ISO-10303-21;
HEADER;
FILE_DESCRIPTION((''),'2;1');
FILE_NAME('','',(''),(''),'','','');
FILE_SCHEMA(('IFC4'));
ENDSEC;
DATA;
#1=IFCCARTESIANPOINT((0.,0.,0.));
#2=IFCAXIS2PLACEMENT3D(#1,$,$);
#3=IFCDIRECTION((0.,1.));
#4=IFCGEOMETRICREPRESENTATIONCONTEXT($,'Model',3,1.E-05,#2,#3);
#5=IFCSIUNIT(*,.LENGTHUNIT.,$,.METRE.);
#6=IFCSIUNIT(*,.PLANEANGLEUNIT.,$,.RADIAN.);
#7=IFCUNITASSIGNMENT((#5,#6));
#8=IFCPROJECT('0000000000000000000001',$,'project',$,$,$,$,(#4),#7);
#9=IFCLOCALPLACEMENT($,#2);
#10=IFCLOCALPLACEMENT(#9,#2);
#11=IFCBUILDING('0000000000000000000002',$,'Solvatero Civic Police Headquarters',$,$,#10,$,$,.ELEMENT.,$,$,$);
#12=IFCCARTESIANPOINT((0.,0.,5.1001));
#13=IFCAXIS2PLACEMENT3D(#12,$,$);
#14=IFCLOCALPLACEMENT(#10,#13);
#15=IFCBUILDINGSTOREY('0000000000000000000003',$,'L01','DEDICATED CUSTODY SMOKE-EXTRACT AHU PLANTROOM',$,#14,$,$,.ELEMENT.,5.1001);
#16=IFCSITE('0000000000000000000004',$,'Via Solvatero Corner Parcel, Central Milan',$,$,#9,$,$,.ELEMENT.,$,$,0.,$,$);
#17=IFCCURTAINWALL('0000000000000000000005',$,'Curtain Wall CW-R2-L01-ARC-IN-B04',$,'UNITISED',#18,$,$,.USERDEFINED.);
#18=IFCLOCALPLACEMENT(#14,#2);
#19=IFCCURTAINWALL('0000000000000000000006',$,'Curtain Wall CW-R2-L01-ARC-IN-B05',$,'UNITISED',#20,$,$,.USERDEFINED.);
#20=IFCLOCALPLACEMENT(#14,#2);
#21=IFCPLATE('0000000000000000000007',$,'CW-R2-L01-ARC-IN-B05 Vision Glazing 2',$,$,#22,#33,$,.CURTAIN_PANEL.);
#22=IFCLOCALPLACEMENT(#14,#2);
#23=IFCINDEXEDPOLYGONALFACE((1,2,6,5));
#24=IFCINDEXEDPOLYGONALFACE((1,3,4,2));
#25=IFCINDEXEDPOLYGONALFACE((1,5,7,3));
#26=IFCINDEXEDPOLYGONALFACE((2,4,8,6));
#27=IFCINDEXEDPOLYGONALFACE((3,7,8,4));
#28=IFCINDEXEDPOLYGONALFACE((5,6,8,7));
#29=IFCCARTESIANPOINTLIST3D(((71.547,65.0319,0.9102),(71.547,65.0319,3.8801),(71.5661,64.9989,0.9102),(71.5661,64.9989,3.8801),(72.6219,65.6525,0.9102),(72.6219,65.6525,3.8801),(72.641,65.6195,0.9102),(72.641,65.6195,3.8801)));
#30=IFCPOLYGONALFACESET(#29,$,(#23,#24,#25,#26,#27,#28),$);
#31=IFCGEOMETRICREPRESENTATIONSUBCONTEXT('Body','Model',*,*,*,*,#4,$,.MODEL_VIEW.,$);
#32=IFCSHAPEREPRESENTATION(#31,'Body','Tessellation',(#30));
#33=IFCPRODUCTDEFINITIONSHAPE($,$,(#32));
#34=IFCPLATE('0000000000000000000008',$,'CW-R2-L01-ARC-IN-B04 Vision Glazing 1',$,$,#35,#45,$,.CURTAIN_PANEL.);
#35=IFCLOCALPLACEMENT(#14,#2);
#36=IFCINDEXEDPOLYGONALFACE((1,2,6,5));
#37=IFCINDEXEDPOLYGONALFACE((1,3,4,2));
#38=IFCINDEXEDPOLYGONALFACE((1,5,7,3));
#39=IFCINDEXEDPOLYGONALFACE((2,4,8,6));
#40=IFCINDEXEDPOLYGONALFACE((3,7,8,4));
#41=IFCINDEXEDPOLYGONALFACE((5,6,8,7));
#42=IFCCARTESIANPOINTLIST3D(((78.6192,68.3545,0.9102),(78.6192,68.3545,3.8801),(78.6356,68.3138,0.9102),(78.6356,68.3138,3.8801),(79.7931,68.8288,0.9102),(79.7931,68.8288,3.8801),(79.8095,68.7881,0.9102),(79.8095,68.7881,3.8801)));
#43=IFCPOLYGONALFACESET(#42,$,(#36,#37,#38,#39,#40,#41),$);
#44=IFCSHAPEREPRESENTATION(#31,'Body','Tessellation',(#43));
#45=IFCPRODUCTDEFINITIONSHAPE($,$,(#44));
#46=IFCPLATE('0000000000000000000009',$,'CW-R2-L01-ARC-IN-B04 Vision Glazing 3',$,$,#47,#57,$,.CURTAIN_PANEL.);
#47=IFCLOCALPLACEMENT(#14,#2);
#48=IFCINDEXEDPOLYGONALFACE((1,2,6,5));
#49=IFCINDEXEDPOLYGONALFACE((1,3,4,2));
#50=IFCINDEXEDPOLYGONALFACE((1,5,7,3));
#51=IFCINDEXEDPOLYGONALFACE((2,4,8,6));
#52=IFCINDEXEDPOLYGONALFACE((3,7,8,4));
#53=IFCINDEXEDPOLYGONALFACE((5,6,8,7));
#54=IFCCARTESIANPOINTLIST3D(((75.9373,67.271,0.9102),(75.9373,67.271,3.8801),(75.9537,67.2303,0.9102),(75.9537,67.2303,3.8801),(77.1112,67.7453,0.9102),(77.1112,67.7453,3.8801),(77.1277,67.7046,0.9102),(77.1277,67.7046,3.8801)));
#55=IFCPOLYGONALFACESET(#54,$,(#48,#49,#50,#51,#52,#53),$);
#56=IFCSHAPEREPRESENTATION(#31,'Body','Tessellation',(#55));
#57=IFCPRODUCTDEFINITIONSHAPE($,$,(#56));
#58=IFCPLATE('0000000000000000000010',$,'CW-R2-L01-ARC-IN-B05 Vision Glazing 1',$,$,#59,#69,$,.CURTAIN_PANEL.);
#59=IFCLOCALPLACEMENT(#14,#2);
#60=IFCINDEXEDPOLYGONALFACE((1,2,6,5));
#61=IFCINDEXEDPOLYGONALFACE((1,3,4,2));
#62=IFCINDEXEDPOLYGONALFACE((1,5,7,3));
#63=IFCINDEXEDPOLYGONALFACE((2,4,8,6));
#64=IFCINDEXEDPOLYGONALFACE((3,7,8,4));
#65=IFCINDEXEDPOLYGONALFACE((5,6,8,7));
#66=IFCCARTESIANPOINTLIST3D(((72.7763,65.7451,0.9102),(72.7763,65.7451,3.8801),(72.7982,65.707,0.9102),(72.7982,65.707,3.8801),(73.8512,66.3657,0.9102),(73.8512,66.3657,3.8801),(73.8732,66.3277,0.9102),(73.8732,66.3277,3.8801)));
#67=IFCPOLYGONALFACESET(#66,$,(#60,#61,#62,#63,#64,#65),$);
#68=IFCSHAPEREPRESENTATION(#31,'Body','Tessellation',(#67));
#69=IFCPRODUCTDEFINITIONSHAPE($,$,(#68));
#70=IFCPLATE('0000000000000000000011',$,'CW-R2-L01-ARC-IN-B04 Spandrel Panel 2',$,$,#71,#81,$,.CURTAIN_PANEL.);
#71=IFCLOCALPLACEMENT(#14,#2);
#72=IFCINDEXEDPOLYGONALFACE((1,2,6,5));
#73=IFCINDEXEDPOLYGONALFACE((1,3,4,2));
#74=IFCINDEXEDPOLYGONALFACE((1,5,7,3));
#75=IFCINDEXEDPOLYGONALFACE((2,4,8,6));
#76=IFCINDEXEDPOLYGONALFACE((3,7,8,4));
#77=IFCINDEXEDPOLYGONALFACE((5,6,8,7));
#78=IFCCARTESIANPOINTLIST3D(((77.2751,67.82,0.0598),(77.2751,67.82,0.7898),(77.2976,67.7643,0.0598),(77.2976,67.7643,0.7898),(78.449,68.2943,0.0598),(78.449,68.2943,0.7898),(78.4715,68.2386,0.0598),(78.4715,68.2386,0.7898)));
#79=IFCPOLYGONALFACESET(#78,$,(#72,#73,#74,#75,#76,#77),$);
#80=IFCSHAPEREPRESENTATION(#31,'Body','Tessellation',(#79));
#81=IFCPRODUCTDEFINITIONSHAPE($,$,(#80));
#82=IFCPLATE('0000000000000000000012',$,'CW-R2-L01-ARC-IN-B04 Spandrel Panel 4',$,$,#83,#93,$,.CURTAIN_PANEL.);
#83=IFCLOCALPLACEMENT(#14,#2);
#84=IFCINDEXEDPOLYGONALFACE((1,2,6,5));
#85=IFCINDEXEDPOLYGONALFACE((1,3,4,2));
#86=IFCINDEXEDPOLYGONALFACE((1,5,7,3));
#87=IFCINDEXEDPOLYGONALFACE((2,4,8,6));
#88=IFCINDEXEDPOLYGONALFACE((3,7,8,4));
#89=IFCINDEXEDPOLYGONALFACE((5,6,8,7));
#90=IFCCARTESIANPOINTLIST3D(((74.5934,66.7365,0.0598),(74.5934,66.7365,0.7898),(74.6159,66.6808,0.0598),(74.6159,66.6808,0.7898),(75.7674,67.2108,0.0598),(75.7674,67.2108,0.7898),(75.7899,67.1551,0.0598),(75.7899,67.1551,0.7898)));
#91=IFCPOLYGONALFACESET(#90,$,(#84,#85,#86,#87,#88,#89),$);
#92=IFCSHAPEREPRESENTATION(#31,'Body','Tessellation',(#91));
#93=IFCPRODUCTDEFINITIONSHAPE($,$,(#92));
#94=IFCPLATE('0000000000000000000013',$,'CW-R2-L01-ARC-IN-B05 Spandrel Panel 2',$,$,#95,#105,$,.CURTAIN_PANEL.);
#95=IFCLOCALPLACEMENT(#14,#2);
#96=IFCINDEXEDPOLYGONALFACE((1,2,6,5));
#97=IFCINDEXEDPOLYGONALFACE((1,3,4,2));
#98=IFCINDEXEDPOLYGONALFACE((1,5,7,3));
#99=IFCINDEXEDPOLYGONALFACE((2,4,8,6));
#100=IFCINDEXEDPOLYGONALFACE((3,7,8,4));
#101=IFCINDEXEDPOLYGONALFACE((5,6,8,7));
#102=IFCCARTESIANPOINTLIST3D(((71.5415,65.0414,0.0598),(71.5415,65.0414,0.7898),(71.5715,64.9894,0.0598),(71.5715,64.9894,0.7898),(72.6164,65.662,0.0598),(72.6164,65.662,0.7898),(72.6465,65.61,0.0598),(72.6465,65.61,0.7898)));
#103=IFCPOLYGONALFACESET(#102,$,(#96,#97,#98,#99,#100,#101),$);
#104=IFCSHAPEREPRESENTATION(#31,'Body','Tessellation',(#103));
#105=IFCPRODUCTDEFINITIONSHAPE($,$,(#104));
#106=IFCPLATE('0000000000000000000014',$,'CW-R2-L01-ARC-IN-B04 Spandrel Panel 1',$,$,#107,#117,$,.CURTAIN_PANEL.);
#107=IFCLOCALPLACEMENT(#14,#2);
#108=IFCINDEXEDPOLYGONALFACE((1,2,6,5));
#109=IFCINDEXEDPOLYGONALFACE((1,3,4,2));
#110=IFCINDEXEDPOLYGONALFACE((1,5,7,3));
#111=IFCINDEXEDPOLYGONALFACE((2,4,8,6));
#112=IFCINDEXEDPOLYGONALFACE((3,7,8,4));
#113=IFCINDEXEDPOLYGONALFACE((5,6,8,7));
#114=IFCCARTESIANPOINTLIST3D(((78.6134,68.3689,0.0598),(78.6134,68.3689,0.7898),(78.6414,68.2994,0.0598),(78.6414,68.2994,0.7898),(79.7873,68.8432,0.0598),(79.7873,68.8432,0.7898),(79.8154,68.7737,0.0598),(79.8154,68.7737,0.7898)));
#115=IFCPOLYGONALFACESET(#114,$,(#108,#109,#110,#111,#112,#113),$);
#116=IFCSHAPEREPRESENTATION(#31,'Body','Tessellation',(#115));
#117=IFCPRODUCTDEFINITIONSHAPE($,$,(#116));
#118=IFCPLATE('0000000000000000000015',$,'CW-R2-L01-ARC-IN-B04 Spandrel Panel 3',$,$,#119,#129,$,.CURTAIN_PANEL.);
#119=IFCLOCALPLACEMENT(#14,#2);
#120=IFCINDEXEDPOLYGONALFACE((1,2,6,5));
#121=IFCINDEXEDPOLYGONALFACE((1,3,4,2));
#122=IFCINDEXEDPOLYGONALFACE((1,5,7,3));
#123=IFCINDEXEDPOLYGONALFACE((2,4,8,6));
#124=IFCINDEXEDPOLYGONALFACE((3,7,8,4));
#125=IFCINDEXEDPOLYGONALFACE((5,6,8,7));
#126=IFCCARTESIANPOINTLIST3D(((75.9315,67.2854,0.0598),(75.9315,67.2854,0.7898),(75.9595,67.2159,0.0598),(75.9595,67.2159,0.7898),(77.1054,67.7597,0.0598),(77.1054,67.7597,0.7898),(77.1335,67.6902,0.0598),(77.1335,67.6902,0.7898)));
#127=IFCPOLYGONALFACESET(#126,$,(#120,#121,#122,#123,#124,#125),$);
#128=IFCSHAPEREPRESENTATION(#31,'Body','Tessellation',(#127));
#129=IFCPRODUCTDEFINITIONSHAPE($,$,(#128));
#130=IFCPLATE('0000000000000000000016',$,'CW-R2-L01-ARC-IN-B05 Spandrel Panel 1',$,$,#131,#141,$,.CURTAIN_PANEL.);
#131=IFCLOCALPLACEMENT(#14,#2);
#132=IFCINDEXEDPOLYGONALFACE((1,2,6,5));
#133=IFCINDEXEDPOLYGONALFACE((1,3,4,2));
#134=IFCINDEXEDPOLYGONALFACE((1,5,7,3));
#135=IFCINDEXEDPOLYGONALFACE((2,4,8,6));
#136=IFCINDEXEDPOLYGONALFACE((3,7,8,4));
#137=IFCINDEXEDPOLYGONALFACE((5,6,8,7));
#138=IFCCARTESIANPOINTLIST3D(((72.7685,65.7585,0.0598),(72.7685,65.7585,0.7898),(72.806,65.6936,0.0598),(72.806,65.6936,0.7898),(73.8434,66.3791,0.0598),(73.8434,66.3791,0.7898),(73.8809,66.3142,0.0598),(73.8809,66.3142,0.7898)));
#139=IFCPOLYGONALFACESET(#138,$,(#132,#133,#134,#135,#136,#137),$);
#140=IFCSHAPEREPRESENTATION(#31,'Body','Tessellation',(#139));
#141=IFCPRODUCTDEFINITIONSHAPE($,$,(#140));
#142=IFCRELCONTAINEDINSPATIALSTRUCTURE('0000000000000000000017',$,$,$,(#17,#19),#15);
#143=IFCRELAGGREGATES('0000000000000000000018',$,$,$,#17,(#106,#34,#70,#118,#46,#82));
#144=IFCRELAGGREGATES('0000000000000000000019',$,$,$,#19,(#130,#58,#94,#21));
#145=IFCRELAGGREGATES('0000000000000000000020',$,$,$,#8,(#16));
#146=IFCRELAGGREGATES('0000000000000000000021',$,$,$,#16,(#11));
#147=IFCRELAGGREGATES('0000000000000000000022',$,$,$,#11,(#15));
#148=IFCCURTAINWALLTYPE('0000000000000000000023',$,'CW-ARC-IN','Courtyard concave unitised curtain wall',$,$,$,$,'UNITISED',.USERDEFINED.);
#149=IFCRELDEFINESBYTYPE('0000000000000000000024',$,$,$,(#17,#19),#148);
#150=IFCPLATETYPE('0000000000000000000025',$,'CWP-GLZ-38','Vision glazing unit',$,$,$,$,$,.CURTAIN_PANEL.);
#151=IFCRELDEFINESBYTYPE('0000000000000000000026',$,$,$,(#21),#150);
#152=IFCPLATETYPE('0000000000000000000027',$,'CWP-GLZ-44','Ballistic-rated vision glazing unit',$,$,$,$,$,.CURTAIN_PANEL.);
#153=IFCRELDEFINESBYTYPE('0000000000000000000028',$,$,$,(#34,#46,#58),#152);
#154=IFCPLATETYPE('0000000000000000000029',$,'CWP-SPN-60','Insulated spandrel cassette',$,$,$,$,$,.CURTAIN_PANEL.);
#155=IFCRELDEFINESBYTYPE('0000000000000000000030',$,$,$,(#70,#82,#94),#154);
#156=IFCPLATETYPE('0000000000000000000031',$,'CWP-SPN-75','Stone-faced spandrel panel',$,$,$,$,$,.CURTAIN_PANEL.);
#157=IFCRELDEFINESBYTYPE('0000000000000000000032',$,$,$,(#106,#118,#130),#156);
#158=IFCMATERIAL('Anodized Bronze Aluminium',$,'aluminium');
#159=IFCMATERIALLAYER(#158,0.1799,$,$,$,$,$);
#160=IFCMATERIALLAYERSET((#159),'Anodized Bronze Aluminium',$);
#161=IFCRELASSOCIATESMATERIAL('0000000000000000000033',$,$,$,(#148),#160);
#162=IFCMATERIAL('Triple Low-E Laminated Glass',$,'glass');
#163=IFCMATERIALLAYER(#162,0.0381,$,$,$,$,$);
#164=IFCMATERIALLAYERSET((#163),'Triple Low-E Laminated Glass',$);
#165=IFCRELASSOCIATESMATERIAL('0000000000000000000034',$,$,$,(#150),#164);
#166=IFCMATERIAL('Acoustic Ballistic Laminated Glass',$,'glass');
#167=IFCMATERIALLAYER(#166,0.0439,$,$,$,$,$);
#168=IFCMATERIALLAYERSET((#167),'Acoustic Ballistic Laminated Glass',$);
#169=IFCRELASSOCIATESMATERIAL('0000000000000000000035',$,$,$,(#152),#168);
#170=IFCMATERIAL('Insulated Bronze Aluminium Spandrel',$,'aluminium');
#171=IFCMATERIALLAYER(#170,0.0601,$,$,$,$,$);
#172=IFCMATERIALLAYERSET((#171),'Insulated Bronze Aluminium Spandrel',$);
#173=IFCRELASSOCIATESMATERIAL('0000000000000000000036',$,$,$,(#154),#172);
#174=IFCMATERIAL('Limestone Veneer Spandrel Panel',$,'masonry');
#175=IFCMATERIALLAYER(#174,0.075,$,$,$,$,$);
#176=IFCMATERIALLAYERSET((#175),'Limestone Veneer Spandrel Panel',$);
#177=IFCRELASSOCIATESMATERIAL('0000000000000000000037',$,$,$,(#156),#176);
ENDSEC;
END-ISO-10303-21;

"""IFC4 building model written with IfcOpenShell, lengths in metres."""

from ifc_helpers import new_model, si_unit, direction, frame, origin, origin_2d, place, context, subcontext, project, spatial, rectangle, extrude, material, layer, layer_set, type_object, element, aggregate, save


model = new_model("IFC4")

# Units and contexts
model_context = context("Model", 3, precision=1e-05, world=origin(), true_north=direction((0.0, 1.0)))
body_context = subcontext(model_context, "Body", "Model", "MODEL_VIEW")
ifc_project = project(units=[si_unit("LENGTHUNIT", "METRE"), si_unit("PLANEANGLEUNIT", "RADIAN")], contexts=[model_context])

# Site, building, storey
site_placement = place(None, origin())
site = spatial("IfcSite", under=ifc_project, at=site_placement, Name="Via Solvatero Corner Parcel, Central Milan", CompositionType="ELEMENT", RefElevation=0.0)
building_placement = place(site_placement, origin())
building = spatial("IfcBuilding", under=site, at=building_placement, Name="Solvatero Civic Police Headquarters", CompositionType="ELEMENT")
storey_placement = place(building_placement, frame((0.0, 0.0, 5.1001)))
storey = spatial("IfcBuildingStorey", under=building, at=storey_placement, Name="L01", Description="DEDICATED CUSTODY SMOKE-EXTRACT AHU PLANTROOM", CompositionType="ELEMENT", Elevation=5.1001)

# Curtain wall
ifc_material_1 = material(Name="Anodized Bronze Aluminium", Category="aluminium")
ifc_layer_1 = layer(ifc_material_1, 0.1799)
ifc_layer_set_1 = layer_set([ifc_layer_1], Name="Anodized Bronze Aluminium")
curtain_wall_type = type_object("IfcCurtainWallType", Name="CW-ARC-IN", Description="Courtyard concave unitised curtain wall", ElementType="UNITISED", PredefinedType="USERDEFINED", material=ifc_layer_set_1)
curtain_wall_1_placement = place(storey_placement, origin())
curtain_wall_1 = element("IfcCurtainWall", 1, at=curtain_wall_1_placement, inside=storey, type_object=curtain_wall_type, Name="Curtain Wall CW-R2-L01-ARC-IN-B04", ObjectType="UNITISED", PredefinedType="USERDEFINED")

# Curtain wall
curtain_wall_2_placement = place(storey_placement, origin())
curtain_wall_2 = element("IfcCurtainWall", 2, at=curtain_wall_2_placement, inside=storey, type_object=curtain_wall_type, Name="Curtain Wall CW-R2-L01-ARC-IN-B05", ObjectType="UNITISED", PredefinedType="USERDEFINED")

# Plates
ifc_material_2 = material(Name="Triple Low-E Laminated Glass", Category="glass")
ifc_layer_2 = layer(ifc_material_2, 0.0381)
ifc_layer_set_2 = layer_set([ifc_layer_2], Name="Triple Low-E Laminated Glass")
plate_type_1 = type_object("IfcPlateType", Name="CWP-GLZ-38", Description="Vision glazing unit", PredefinedType="CURTAIN_PANEL", material=ifc_layer_set_2)
plate_1_placement = place(storey_placement, frame((72.094, 65.3257, 0.9102), z_axis=(0.0, 0.0, 1.0), x_axis=(-0.866025, -0.5, 0.0)))
plate_1 = element("IfcPlate", 3, at=plate_1_placement, type_object=plate_type_1, Name="CW-R2-L01-ARC-IN-B05 Vision Glazing 2", PredefinedType="CURTAIN_PANEL", context=body_context, shape_type="SweptSolid", body=[
    extrude(rectangle(XDim=1.2412, YDim=0.0381, at=origin_2d()), origin(), (0.0, 0.0, 1.0), 2.97),
])
ifc_material_3 = material(Name="Acoustic Ballistic Laminated Glass", Category="glass")
ifc_layer_3 = layer(ifc_material_3, 0.0439)
ifc_layer_set_3 = layer_set([ifc_layer_3], Name="Acoustic Ballistic Laminated Glass")
plate_type_2 = type_object("IfcPlateType", Name="CWP-GLZ-44", Description="Ballistic-rated vision glazing unit", PredefinedType="CURTAIN_PANEL", material=ifc_layer_set_3)
plate_2_placement = place(storey_placement, frame((79.2144, 68.5713, 0.9102), z_axis=(0.0, 0.0, 1.0), x_axis=(-0.927184, -0.374607, 0.0)))
plate_2 = element("IfcPlate", 4, at=plate_2_placement, type_object=plate_type_2, Name="CW-R2-L01-ARC-IN-B04 Vision Glazing 1", PredefinedType="CURTAIN_PANEL", context=body_context, shape_type="SweptSolid", body=[
    extrude(rectangle(XDim=1.2661, YDim=0.0439, at=origin_2d()), origin(), (0.0, 0.0, 1.0), 2.97),
])
plate_3_placement = place(storey_placement, frame((76.5325, 67.4878, 0.9102), z_axis=(0.0, 0.0, 1.0), x_axis=(-0.927184, -0.374607, 0.0)))
plate_3 = element("IfcPlate", 5, at=plate_3_placement, type_object=plate_type_2, Name="CW-R2-L01-ARC-IN-B04 Vision Glazing 3", PredefinedType="CURTAIN_PANEL", context=body_context, shape_type="SweptSolid", body=[
    extrude(rectangle(XDim=1.2661, YDim=0.0439, at=origin_2d()), origin(), (0.0, 0.0, 1.0), 2.97),
])
plate_4_placement = place(storey_placement, frame((73.3247, 66.0364, 0.9102), z_axis=(0.0, 0.0, 1.0), x_axis=(-0.866025, -0.5, 0.0)))
plate_4 = element("IfcPlate", 6, at=plate_4_placement, type_object=plate_type_2, Name="CW-R2-L01-ARC-IN-B05 Vision Glazing 1", PredefinedType="CURTAIN_PANEL", context=body_context, shape_type="SweptSolid", body=[
    extrude(rectangle(XDim=1.2412, YDim=0.0439, at=origin_2d()), origin(), (0.0, 0.0, 1.0), 2.97),
])
ifc_material_4 = material(Name="Insulated Bronze Aluminium Spandrel", Category="aluminium")
ifc_layer_4 = layer(ifc_material_4, 0.0601)
ifc_layer_set_4 = layer_set([ifc_layer_4], Name="Insulated Bronze Aluminium Spandrel")
plate_type_3 = type_object("IfcPlateType", Name="CWP-SPN-60", Description="Insulated spandrel cassette", PredefinedType="CURTAIN_PANEL", material=ifc_layer_set_4)
plate_5_placement = place(storey_placement, frame((77.8733, 68.0293, 0.0598), z_axis=(0.0, 0.0, 1.0), x_axis=(-0.927184, -0.374607, 0.0)))
plate_5 = element("IfcPlate", 7, at=plate_5_placement, type_object=plate_type_3, Name="CW-R2-L01-ARC-IN-B04 Spandrel Panel 2", PredefinedType="CURTAIN_PANEL", context=body_context, shape_type="SweptSolid", body=[
    extrude(rectangle(XDim=1.2661, YDim=0.0601, at=origin_2d()), origin(), (0.0, 0.0, 1.0), 0.73),
])
plate_6_placement = place(storey_placement, frame((75.1917, 66.9458, 0.0598), z_axis=(0.0, 0.0, 1.0), x_axis=(-0.927184, -0.374607, 0.0)))
plate_6 = element("IfcPlate", 8, at=plate_6_placement, type_object=plate_type_3, Name="CW-R2-L01-ARC-IN-B04 Spandrel Panel 4", PredefinedType="CURTAIN_PANEL", context=body_context, shape_type="SweptSolid", body=[
    extrude(rectangle(XDim=1.2661, YDim=0.0601, at=origin_2d()), origin(), (0.0, 0.0, 1.0), 0.73),
])
plate_7_placement = place(storey_placement, frame((72.094, 65.3257, 0.0598), z_axis=(0.0, 0.0, 1.0), x_axis=(-0.866025, -0.5, 0.0)))
plate_7 = element("IfcPlate", 9, at=plate_7_placement, type_object=plate_type_3, Name="CW-R2-L01-ARC-IN-B05 Spandrel Panel 2", PredefinedType="CURTAIN_PANEL", context=body_context, shape_type="SweptSolid", body=[
    extrude(rectangle(XDim=1.2412, YDim=0.0601, at=origin_2d()), origin(), (0.0, 0.0, 1.0), 0.73),
])
ifc_material_5 = material(Name="Limestone Veneer Spandrel Panel", Category="masonry")
ifc_layer_5 = layer(ifc_material_5, 0.075)
ifc_layer_set_5 = layer_set([ifc_layer_5], Name="Limestone Veneer Spandrel Panel")
plate_type_4 = type_object("IfcPlateType", Name="CWP-SPN-75", Description="Stone-faced spandrel panel", PredefinedType="CURTAIN_PANEL", material=ifc_layer_set_5)
plate_8_placement = place(storey_placement, frame((79.2144, 68.5713, 0.0598), z_axis=(0.0, 0.0, 1.0), x_axis=(-0.927184, -0.374607, 0.0)))
plate_8 = element("IfcPlate", 10, at=plate_8_placement, type_object=plate_type_4, Name="CW-R2-L01-ARC-IN-B04 Spandrel Panel 1", PredefinedType="CURTAIN_PANEL", context=body_context, shape_type="SweptSolid", body=[
    extrude(rectangle(XDim=1.2661, YDim=0.075, at=origin_2d()), origin(), (0.0, 0.0, 1.0), 0.73),
])
plate_9_placement = place(storey_placement, frame((76.5325, 67.4878, 0.0598), z_axis=(0.0, 0.0, 1.0), x_axis=(-0.927184, -0.374607, 0.0)))
plate_9 = element("IfcPlate", 11, at=plate_9_placement, type_object=plate_type_4, Name="CW-R2-L01-ARC-IN-B04 Spandrel Panel 3", PredefinedType="CURTAIN_PANEL", context=body_context, shape_type="SweptSolid", body=[
    extrude(rectangle(XDim=1.2661, YDim=0.075, at=origin_2d()), origin(), (0.0, 0.0, 1.0), 0.73),
])
aggregate(curtain_wall_1, [plate_8, plate_2, plate_5, plate_9, plate_3, plate_6])
plate_10_placement = place(storey_placement, frame((73.3247, 66.0364, 0.0598), z_axis=(0.0, 0.0, 1.0), x_axis=(-0.866025, -0.5, 0.0)))
plate_10 = element("IfcPlate", 12, at=plate_10_placement, type_object=plate_type_4, Name="CW-R2-L01-ARC-IN-B05 Spandrel Panel 1", PredefinedType="CURTAIN_PANEL", context=body_context, shape_type="SweptSolid", body=[
    extrude(rectangle(XDim=1.2412, YDim=0.075, at=origin_2d()), origin(), (0.0, 0.0, 1.0), 0.73),
])
aggregate(curtain_wall_2, [plate_10, plate_4, plate_7, plate_1])

save(model, "model.ifc")
